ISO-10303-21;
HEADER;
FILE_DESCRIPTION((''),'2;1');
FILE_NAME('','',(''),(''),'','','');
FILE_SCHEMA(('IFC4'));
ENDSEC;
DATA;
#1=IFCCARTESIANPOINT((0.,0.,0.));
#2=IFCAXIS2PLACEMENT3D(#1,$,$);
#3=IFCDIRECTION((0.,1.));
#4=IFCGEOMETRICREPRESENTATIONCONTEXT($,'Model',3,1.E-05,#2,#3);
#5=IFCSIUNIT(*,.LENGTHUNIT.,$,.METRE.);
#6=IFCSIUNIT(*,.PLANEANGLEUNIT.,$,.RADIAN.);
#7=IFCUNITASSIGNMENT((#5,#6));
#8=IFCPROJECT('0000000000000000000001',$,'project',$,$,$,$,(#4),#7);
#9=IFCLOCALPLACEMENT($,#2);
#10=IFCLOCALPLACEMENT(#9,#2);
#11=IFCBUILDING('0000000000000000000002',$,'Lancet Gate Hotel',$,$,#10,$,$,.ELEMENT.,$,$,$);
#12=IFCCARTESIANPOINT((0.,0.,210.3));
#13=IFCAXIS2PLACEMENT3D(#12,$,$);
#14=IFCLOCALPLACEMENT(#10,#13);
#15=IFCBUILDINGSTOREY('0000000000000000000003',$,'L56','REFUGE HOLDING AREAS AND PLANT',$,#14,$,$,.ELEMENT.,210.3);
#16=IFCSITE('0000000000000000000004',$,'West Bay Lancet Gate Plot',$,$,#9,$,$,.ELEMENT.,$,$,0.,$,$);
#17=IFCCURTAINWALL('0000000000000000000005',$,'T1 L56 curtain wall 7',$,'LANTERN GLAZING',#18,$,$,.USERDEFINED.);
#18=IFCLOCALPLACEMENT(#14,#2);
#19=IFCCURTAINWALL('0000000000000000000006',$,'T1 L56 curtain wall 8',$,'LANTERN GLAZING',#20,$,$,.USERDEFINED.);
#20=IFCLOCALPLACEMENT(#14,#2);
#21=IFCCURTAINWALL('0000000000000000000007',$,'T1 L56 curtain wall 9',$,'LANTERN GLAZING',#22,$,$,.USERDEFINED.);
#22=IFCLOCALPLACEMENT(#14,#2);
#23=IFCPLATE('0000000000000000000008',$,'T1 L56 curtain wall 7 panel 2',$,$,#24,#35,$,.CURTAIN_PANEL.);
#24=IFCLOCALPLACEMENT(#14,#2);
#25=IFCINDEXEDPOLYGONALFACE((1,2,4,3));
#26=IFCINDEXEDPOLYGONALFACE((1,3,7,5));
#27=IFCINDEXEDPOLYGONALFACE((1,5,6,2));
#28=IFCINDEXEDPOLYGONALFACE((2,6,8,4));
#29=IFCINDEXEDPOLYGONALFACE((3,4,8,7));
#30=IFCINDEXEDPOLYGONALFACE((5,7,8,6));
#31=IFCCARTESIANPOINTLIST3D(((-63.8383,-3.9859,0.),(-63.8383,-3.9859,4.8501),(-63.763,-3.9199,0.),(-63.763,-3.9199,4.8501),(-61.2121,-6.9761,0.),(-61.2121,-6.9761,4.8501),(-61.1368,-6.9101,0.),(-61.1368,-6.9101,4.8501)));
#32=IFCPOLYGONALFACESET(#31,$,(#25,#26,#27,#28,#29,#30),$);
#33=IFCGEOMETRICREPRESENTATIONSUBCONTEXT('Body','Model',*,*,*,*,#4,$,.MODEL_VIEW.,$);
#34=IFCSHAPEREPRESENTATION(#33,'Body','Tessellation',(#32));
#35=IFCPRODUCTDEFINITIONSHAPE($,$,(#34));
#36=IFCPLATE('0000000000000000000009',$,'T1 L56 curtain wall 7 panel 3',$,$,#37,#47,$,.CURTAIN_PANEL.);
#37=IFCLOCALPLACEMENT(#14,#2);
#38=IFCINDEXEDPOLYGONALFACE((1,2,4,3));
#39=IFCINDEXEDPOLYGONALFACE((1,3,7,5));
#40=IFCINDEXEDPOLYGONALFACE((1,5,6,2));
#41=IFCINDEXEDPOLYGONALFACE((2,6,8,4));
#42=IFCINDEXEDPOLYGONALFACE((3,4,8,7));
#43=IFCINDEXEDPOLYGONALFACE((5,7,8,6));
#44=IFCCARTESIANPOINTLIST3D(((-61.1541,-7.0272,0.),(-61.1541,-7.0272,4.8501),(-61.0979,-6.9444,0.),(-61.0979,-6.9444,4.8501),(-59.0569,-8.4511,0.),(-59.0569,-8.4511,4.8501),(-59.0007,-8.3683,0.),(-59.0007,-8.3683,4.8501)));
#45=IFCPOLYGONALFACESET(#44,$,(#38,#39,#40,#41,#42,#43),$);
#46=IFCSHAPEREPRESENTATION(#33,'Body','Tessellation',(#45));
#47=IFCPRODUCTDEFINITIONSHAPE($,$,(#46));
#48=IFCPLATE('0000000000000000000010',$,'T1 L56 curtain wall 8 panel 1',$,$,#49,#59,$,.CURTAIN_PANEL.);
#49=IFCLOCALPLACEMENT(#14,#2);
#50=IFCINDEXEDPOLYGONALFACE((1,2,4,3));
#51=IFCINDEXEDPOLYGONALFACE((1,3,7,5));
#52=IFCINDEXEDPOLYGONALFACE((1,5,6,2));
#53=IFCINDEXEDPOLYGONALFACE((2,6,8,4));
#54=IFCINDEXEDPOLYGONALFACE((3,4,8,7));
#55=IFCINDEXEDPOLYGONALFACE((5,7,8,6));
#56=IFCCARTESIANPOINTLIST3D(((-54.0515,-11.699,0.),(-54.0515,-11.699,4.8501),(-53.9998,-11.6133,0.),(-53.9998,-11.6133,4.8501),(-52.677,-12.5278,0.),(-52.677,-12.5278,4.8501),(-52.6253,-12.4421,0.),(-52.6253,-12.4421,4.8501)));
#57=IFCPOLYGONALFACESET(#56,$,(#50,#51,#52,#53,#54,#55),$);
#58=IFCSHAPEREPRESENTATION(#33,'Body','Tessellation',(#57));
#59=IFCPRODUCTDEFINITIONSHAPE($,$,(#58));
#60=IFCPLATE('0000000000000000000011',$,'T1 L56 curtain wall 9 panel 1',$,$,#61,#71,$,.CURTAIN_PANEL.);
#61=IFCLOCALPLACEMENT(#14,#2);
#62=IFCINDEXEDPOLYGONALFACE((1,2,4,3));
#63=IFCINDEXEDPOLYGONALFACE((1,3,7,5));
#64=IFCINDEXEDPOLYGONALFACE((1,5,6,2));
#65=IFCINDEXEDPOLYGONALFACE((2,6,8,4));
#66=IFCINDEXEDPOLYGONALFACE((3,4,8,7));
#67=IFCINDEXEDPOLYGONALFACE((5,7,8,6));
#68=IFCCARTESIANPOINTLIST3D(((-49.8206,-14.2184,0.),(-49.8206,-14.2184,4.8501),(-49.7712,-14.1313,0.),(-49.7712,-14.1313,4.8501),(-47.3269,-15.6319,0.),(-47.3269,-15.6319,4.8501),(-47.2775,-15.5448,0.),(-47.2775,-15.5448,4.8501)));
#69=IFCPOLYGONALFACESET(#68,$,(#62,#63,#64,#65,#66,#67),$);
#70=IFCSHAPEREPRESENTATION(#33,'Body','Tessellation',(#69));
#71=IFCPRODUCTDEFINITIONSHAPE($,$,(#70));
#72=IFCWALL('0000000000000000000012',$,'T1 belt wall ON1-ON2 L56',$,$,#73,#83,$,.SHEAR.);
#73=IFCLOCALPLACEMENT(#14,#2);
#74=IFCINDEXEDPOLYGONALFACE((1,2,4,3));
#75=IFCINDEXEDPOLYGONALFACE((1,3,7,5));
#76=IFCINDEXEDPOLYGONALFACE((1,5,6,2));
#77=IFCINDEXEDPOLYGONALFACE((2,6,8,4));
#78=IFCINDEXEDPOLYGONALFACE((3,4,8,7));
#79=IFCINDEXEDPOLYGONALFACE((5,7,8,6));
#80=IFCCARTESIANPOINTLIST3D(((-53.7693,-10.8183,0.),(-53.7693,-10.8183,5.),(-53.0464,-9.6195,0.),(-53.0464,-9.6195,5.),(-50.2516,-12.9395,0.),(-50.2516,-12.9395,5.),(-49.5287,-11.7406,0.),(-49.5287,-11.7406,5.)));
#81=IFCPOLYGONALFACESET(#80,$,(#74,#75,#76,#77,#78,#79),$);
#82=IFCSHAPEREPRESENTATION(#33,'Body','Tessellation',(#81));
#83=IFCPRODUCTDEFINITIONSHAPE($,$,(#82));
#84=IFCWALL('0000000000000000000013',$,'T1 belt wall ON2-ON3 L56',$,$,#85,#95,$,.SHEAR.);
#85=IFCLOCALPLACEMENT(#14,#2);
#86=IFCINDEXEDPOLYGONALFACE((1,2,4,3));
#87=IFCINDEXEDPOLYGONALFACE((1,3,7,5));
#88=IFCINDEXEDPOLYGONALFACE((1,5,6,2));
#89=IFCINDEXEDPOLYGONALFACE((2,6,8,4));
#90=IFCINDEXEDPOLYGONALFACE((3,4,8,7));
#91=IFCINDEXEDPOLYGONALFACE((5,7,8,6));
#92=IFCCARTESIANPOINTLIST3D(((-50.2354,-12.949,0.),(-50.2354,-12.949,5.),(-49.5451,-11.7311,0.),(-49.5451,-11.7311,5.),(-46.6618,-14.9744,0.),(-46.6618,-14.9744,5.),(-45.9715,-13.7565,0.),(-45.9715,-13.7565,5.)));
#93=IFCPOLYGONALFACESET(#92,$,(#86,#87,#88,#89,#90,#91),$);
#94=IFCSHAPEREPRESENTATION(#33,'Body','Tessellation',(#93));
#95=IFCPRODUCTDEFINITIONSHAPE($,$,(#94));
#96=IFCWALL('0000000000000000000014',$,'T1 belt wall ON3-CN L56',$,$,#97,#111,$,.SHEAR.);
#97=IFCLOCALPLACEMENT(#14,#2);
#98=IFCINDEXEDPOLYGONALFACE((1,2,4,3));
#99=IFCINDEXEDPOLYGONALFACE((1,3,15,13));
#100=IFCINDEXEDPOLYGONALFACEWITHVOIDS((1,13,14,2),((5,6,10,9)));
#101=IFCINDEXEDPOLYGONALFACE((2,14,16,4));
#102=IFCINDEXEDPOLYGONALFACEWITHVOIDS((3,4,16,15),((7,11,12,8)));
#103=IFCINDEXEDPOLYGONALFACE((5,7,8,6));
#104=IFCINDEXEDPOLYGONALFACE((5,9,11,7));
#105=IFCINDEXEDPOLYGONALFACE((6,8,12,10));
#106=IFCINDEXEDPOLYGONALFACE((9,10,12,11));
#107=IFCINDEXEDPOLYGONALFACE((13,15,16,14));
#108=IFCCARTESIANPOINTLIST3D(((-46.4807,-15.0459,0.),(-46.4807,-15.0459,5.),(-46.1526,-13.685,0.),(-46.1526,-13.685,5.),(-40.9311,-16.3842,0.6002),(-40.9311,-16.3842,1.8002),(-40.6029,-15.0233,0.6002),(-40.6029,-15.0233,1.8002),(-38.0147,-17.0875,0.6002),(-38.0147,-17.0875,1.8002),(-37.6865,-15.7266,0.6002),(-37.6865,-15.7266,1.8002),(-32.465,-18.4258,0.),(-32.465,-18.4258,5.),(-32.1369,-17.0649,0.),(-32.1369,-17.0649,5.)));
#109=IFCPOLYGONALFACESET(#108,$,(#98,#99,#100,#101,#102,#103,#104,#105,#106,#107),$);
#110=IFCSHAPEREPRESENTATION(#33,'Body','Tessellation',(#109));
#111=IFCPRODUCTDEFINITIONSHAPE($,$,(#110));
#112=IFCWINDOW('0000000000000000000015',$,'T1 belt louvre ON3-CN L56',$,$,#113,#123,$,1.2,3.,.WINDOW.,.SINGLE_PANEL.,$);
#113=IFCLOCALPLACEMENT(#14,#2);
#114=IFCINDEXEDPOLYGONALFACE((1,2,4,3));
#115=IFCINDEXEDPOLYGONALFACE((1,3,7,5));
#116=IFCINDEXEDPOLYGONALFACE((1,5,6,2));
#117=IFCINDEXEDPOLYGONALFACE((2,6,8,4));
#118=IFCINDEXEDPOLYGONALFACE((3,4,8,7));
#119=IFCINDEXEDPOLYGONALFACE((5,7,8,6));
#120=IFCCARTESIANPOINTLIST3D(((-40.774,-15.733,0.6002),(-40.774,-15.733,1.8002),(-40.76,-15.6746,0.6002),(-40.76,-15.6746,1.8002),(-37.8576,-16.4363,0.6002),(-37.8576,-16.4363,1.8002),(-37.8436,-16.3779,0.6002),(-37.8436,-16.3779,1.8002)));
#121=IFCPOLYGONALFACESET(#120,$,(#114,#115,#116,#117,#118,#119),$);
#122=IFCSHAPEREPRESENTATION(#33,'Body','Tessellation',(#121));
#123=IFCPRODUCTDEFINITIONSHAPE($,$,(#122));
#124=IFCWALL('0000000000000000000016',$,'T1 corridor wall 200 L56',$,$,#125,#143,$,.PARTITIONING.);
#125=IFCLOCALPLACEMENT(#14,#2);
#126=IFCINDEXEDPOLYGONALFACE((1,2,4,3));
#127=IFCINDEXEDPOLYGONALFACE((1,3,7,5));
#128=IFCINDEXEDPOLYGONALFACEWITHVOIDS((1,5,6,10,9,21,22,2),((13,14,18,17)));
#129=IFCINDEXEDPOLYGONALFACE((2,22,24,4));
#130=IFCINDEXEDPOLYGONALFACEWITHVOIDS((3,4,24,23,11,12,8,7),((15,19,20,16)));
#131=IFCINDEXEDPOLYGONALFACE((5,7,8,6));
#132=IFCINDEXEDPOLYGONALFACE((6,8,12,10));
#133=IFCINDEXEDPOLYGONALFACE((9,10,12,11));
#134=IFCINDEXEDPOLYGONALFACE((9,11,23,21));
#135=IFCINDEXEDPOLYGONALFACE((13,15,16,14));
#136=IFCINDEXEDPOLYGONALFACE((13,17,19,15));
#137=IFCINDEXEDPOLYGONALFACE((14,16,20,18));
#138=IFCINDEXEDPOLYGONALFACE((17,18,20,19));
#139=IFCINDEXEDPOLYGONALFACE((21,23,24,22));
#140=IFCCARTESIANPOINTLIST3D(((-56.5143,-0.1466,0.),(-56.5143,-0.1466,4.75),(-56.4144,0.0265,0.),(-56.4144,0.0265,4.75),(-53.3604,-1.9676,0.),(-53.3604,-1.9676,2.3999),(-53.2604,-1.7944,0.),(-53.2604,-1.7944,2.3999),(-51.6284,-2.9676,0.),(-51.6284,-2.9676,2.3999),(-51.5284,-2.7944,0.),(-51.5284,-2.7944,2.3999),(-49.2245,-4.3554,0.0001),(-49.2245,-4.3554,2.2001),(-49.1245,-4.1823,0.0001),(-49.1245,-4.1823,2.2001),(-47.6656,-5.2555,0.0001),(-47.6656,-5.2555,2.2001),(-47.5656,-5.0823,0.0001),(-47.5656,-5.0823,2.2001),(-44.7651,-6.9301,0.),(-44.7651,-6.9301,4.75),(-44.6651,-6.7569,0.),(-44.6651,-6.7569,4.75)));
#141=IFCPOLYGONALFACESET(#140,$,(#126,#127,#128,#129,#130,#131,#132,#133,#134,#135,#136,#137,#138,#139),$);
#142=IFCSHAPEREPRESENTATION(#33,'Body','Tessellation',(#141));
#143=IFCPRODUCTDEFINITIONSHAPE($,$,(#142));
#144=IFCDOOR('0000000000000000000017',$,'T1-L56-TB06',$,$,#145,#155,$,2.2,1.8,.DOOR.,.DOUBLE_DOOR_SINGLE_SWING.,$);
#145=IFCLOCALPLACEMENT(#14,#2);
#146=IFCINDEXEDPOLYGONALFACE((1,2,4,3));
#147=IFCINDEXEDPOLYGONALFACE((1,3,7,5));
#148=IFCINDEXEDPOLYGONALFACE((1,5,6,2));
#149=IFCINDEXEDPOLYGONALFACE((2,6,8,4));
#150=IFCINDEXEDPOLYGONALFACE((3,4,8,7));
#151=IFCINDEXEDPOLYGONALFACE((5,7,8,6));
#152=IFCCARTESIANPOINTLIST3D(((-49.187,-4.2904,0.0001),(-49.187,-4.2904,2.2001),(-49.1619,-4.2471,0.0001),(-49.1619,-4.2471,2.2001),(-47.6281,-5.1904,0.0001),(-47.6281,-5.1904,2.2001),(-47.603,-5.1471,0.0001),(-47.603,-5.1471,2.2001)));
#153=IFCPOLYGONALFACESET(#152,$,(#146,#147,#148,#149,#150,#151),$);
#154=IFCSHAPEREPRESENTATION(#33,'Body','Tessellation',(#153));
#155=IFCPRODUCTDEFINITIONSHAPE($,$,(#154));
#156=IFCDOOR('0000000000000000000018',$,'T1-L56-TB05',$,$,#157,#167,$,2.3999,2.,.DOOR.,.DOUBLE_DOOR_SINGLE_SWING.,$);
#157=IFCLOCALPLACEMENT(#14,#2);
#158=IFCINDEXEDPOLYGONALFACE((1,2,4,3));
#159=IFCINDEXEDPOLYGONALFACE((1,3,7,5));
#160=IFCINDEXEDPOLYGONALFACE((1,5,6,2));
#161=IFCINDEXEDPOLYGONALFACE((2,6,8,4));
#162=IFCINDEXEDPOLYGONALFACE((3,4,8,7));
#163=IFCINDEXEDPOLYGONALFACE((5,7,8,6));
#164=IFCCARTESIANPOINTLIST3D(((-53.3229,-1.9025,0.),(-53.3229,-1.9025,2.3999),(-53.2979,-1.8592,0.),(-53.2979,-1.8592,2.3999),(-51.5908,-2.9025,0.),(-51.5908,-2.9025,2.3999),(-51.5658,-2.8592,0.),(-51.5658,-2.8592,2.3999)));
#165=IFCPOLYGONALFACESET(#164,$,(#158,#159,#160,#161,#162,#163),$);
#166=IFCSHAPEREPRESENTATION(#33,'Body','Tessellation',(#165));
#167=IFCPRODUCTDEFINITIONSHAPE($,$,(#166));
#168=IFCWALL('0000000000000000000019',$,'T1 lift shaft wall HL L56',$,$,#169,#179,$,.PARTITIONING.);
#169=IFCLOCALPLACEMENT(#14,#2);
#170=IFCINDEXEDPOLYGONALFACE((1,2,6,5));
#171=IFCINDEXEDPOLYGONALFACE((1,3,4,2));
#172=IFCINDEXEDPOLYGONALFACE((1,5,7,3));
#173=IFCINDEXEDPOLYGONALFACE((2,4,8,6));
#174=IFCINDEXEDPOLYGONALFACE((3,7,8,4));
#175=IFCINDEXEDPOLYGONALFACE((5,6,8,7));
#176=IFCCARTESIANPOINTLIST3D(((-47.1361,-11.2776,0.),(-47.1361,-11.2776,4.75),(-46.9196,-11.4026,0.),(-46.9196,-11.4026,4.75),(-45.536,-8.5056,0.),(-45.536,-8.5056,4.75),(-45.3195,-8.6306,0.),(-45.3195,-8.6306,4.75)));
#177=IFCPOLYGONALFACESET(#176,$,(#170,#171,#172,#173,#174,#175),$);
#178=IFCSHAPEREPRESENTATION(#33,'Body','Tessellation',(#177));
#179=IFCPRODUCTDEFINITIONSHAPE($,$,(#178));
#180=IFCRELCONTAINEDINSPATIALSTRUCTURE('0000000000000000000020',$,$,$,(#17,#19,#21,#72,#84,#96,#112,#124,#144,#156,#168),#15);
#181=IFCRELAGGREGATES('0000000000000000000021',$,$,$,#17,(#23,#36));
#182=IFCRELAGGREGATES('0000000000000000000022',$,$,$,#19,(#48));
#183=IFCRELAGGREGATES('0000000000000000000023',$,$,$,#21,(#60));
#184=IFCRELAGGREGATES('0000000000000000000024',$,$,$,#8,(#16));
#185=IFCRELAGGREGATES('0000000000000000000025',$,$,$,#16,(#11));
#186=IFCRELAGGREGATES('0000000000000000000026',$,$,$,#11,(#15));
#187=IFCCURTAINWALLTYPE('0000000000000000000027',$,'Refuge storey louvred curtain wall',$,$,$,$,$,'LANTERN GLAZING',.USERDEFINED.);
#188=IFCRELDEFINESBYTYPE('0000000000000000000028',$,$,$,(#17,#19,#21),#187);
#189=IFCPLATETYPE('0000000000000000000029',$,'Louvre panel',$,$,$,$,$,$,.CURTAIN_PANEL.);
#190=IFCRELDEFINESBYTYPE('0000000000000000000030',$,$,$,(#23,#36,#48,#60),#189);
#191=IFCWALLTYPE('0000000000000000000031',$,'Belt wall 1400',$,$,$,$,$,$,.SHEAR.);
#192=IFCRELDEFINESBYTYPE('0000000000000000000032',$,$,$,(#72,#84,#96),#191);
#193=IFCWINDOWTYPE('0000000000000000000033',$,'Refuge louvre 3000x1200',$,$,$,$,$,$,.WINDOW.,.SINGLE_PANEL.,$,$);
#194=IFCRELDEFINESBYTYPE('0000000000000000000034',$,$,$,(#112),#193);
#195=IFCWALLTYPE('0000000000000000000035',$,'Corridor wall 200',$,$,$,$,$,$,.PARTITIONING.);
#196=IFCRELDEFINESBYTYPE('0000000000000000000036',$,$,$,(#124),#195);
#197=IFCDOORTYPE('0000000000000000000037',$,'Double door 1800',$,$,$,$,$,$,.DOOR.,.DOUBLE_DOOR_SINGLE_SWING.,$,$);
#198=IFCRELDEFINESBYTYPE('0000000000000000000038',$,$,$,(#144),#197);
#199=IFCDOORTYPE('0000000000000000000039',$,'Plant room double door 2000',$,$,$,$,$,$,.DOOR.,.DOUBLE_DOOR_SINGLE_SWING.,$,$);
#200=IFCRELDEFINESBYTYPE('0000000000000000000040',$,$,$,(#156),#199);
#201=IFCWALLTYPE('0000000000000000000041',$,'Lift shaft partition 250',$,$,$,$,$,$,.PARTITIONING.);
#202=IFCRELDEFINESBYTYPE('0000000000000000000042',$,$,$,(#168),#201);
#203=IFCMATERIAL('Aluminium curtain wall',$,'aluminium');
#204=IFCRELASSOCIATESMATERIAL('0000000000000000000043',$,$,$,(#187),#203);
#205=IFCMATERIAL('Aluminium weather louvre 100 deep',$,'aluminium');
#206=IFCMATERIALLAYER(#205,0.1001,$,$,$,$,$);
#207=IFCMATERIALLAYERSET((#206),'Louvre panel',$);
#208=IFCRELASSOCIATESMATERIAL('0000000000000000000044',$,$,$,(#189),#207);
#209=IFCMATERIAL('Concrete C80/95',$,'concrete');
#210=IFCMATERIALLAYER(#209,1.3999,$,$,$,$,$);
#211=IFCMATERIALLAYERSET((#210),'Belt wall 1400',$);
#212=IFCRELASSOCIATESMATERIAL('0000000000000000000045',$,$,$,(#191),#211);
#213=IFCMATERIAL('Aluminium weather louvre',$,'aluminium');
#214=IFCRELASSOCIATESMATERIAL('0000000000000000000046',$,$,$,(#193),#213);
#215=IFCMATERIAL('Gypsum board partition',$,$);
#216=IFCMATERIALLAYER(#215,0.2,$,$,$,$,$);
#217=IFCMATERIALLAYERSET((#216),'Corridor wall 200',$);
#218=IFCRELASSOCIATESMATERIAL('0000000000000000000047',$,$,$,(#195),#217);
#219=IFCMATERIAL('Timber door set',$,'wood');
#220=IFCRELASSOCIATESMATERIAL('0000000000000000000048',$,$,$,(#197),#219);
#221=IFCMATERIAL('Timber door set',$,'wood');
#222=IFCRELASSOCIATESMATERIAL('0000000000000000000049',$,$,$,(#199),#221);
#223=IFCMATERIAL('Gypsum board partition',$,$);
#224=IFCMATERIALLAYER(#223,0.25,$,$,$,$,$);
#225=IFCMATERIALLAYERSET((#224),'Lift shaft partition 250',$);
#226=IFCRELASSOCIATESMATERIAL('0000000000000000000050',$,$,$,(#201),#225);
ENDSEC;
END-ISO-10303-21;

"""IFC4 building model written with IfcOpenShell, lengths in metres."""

from ifc_helpers import new_model, si_unit, direction, frame, frame_2d, origin, origin_2d, place, context, subcontext, project, spatial, rectangle, extrude, material, layer, layer_set, type_object, element, fill, aggregate, save


model = new_model("IFC4")

# Units and contexts
model_context = context("Model", 3, precision=1e-05, world=origin(), true_north=direction((0.0, 1.0)))
body_context = subcontext(model_context, "Body", "Model", "MODEL_VIEW")
ifc_project = project(units=[si_unit("LENGTHUNIT", "METRE"), si_unit("PLANEANGLEUNIT", "RADIAN")], contexts=[model_context])

# Site, building, storey
site_placement = place(None, origin())
site = spatial("IfcSite", under=ifc_project, at=site_placement, Name="West Bay Lancet Gate Plot", CompositionType="ELEMENT", RefElevation=0.0)
building_placement = place(site_placement, origin())
building = spatial("IfcBuilding", under=site, at=building_placement, Name="Lancet Gate Hotel", CompositionType="ELEMENT")
storey_placement = place(building_placement, frame((0.0, 0.0, 210.3)))
storey = spatial("IfcBuildingStorey", under=building, at=storey_placement, Name="L56", Description="REFUGE HOLDING AREAS AND PLANT", CompositionType="ELEMENT", Elevation=210.3)

# Curtain walls
ifc_material_1 = material(Name="Aluminium curtain wall", Category="aluminium")
curtain_wall_type = type_object("IfcCurtainWallType", Name="Refuge storey louvred curtain wall", ElementType="LANTERN GLAZING", PredefinedType="USERDEFINED", material=ifc_material_1)
curtain_wall_1_placement = place(storey_placement, origin())
curtain_wall_1 = element("IfcCurtainWall", 1, at=curtain_wall_1_placement, inside=storey, type_object=curtain_wall_type, Name="T1 L56 curtain wall 7", ObjectType="LANTERN GLAZING", PredefinedType="USERDEFINED")
curtain_wall_2_placement = place(storey_placement, origin())
curtain_wall_2 = element("IfcCurtainWall", 2, at=curtain_wall_2_placement, inside=storey, type_object=curtain_wall_type, Name="T1 L56 curtain wall 8", ObjectType="LANTERN GLAZING", PredefinedType="USERDEFINED")
curtain_wall_3_placement = place(storey_placement, origin())
curtain_wall_3 = element("IfcCurtainWall", 3, at=curtain_wall_3_placement, inside=storey, type_object=curtain_wall_type, Name="T1 L56 curtain wall 9", ObjectType="LANTERN GLAZING", PredefinedType="USERDEFINED")

# Plates
ifc_material_2 = material(Name="Aluminium weather louvre 100 deep", Category="aluminium")
ifc_layer_1 = layer(ifc_material_2, 0.1001)
ifc_layer_set_1 = layer_set([ifc_layer_1], Name="Louvre panel")
plate_type = type_object("IfcPlateType", Name="Louvre panel", PredefinedType="CURTAIN_PANEL", material=ifc_layer_set_1)
plate_1_placement = place(storey_placement, frame((-62.4875, -5.448, 0.0), z_axis=(0.0, 0.0, 1.0), x_axis=(0.659892, -0.751361, 0.0)))
plate_1 = element("IfcPlate", 4, at=plate_1_placement, type_object=plate_type, Name="T1 L56 curtain wall 7 panel 2", PredefinedType="CURTAIN_PANEL", context=body_context, shape_type="SweptSolid", body=[
    extrude(rectangle(XDim=3.9797, YDim=0.1001, at=origin_2d()), origin(), (0.0, 0.0, 1.0), 4.8501),
])
plate_2_placement = place(storey_placement, frame((-60.0774, -7.6978, 0.0), z_axis=(0.0, 0.0, 1.0), x_axis=(0.827342, -0.561698, 0.0)))
plate_2 = element("IfcPlate", 5, at=plate_2_placement, type_object=plate_type, Name="T1 L56 curtain wall 7 panel 3", PredefinedType="CURTAIN_PANEL", context=body_context, shape_type="SweptSolid", body=[
    extrude(rectangle(XDim=2.5349, YDim=0.1001, at=origin_2d()), origin(), (0.0, 0.0, 1.0), 4.8501),
])
aggregate(curtain_wall_1, [plate_1, plate_2])
plate_3_placement = place(storey_placement, frame((-53.3384, -12.0706, 0.0), z_axis=(0.0, 0.0, 1.0), x_axis=(0.85637, -0.516363, 0.0)))
plate_3 = element("IfcPlate", 6, at=plate_3_placement, type_object=plate_type, Name="T1 L56 curtain wall 8 panel 1", PredefinedType="CURTAIN_PANEL", context=body_context, shape_type="SweptSolid", body=[
    extrude(rectangle(XDim=1.605, YDim=0.1001, at=origin_2d()), origin(), (0.0, 0.0, 1.0), 4.8501),
])
aggregate(curtain_wall_2, [plate_3])
plate_4_placement = place(storey_placement, frame((-48.5491, -14.8816, 0.0), z_axis=(0.0, 0.0, 1.0), x_axis=(0.869958, -0.493126, 0.0)))
plate_4 = element("IfcPlate", 7, at=plate_4_placement, type_object=plate_type, Name="T1 L56 curtain wall 9 panel 1", PredefinedType="CURTAIN_PANEL", context=body_context, shape_type="SweptSolid", body=[
    extrude(rectangle(XDim=2.8665, YDim=0.1001, at=origin_2d()), origin(), (0.0, 0.0, 1.0), 4.8501),
])
aggregate(curtain_wall_3, [plate_4])

# Walls
ifc_material_3 = material(Name="Concrete C80/95", Category="concrete")
ifc_layer_2 = layer(ifc_material_3, 1.3999)
ifc_layer_set_2 = layer_set([ifc_layer_2], Name="Belt wall 1400")
wall_type_1 = type_object("IfcWallType", Name="Belt wall 1400", PredefinedType="SHEAR", material=ifc_layer_set_2)
for number, where, z_axis, x_axis, name in (
    (8, (-53.4077, -10.219, 0.0), (0.0, 0.0, 1.0), (0.856358, -0.516382, 0.0), "T1 belt wall ON1-ON2 L56"),
    (9, (-49.8901, -12.3401, 0.0), (0.0, 0.0, 1.0), (0.869979, -0.493089, 0.0), "T1 belt wall ON2-ON3 L56"),
):
    element("IfcWall", number, at=place(storey_placement, frame(where, z_axis=z_axis, x_axis=x_axis)), inside=storey, type_object=wall_type_1, Name=name, PredefinedType="SHEAR", context=body_context, shape_type="SweptSolid", body=[
        extrude(rectangle(XDim=4.1077, YDim=1.3999, at=frame_2d((2.0537, 0.0))), origin(), (0.0, 0.0, 1.0), 5.0),
    ])

# Wall, opening, window
wall_1_placement = place(storey_placement, frame((-46.3167, -14.3655, 0.0), z_axis=(0.0, 0.0, 1.0), x_axis=(0.972133, -0.234431, 0.0)))
wall_1 = element("IfcWall", 10, at=wall_1_placement, inside=storey, type_object=wall_type_1, Name="T1 belt wall ON3-CN L56", PredefinedType="SHEAR", context=body_context, shape_type="SweptSolid", body=[
    extrude(rectangle(XDim=14.4175, YDim=1.3999, at=frame_2d((7.2087, 0.0))), origin(), (0.0, 0.0, 1.0), 5.0),
])
opening_1_placement = place(wall_1_placement, frame((5.7087, 0.0, 0.6001)))
opening_1 = element("IfcOpeningElement", 11, at=opening_1_placement, cuts=wall_1, PredefinedType="OPENING", context=body_context, shape_type="SweptSolid", body=[
    extrude(rectangle(XDim=3.0, YDim=1.2, at=frame_2d((1.5, 0.6001))), frame((0.0, 0.71, 0.0), z_axis=(0.0, -1.0, 0.0), x_axis=(1.0, 0.0, 0.0)), (0.0, 0.0, 1.0), 1.4199),
])
ifc_material_4 = material(Name="Aluminium weather louvre", Category="aluminium")
window_type = type_object("IfcWindowType", Name="Refuge louvre 3000x1200", PartitioningType="SINGLE_PANEL", PredefinedType="WINDOW", material=ifc_material_4)
window_placement = place(opening_1_placement, origin())
window = element("IfcWindow", 12, at=window_placement, inside=storey, type_object=window_type, Name="T1 belt louvre ON3-CN L56", OverallHeight=1.2, OverallWidth=3.0, PartitioningType="SINGLE_PANEL", PredefinedType="WINDOW", context=body_context, shape_type="SweptSolid", body=[
    extrude(rectangle(XDim=3.0, YDim=1.2, at=frame_2d((1.5, 0.6001))), frame((0.0, 0.03, 0.0), z_axis=(0.0, -1.0, 0.0), x_axis=(1.0, 0.0, 0.0)), (0.0, 0.0, 1.0), 0.0601),
])
fill(opening_1, window)

# Wall, openings, doors
ifc_material_5 = material(Name="Gypsum board partition")
ifc_layer_3 = layer(ifc_material_5, 0.2)
ifc_layer_set_3 = layer_set([ifc_layer_3], Name="Corridor wall 200")
wall_type_2 = type_object("IfcWallType", Name="Corridor wall 200", PredefinedType="PARTITIONING", material=ifc_layer_set_3)
wall_2_placement = place(storey_placement, frame((-44.7151, -6.8435, 0.0), z_axis=(0.0, 0.0, 1.0), x_axis=(-0.866025, 0.5, 0.0)))
wall_2 = element("IfcWall", 13, at=wall_2_placement, inside=storey, type_object=wall_type_2, Name="T1 corridor wall 200 L56", PredefinedType="PARTITIONING", context=body_context, shape_type="SweptSolid", body=[
    extrude(rectangle(XDim=13.5669, YDim=0.2, at=frame_2d((6.7834, 0.0))), origin(), (0.0, 0.0, 1.0), 4.75),
])
opening_2_placement = place(wall_2_placement, frame((7.925, 0.0, 0.0)))
opening_2 = element("IfcOpeningElement", 14, at=opening_2_placement, cuts=wall_2, PredefinedType="OPENING", context=body_context, shape_type="SweptSolid", body=[
    extrude(rectangle(XDim=2.0, YDim=2.3999, at=frame_2d((1.0, 1.2))), frame((0.0, 0.1099, 0.0), z_axis=(0.0, -1.0, 0.0), x_axis=(1.0, 0.0, 0.0)), (0.0, 0.0, 1.0), 0.22),
])
opening_3_placement = place(wall_2_placement, frame((3.3494, 0.0, 0.0)))
opening_3 = element("IfcOpeningElement", 15, at=opening_3_placement, cuts=wall_2, PredefinedType="OPENING", context=body_context, shape_type="SweptSolid", body=[
    extrude(rectangle(XDim=1.8, YDim=2.2, at=frame_2d((0.8999, 1.1001))), frame((0.0, 0.1099, 0.0), z_axis=(0.0, -1.0, 0.0), x_axis=(1.0, 0.0, 0.0)), (0.0, 0.0, 1.0), 0.22),
])
ifc_material_6 = material(Name="Timber door set", Category="wood")
door_type_1 = type_object("IfcDoorType", Name="Double door 1800", OperationType="DOUBLE_DOOR_SINGLE_SWING", PredefinedType="DOOR", material=ifc_material_6)
door_1_placement = place(opening_3_placement, origin())
door_1 = element("IfcDoor", 16, at=door_1_placement, inside=storey, type_object=door_type_1, Name="T1-L56-TB06", OperationType="DOUBLE_DOOR_SINGLE_SWING", OverallHeight=2.2, OverallWidth=1.8, PredefinedType="DOOR", context=body_context, shape_type="SweptSolid", body=[
    extrude(rectangle(XDim=1.8, YDim=2.2, at=frame_2d((0.8999, 1.1001))), frame((0.0, 0.0249, 0.0), z_axis=(0.0, -1.0, 0.0), x_axis=(1.0, 0.0, 0.0)), (0.0, 0.0, 1.0), 0.05),
])
fill(opening_3, door_1)
ifc_material_7 = material(Name="Timber door set", Category="wood")
door_type_2 = type_object("IfcDoorType", Name="Plant room double door 2000", OperationType="DOUBLE_DOOR_SINGLE_SWING", PredefinedType="DOOR", material=ifc_material_7)
door_2_placement = place(opening_2_placement, origin())
door_2 = element("IfcDoor", 17, at=door_2_placement, inside=storey, type_object=door_type_2, Name="T1-L56-TB05", OperationType="DOUBLE_DOOR_SINGLE_SWING", OverallHeight=2.3999, OverallWidth=2.0, PredefinedType="DOOR", context=body_context, shape_type="SweptSolid", body=[
    extrude(rectangle(XDim=2.0, YDim=2.3999, at=frame_2d((1.0, 1.2))), frame((0.0, 0.0249, 0.0), z_axis=(0.0, -1.0, 0.0), x_axis=(1.0, 0.0, 0.0)), (0.0, 0.0, 1.0), 0.05),
])
fill(opening_2, door_2)

# Wall
ifc_material_8 = material(Name="Gypsum board partition")
ifc_layer_4 = layer(ifc_material_8, 0.25)
ifc_layer_set_4 = layer_set([ifc_layer_4], Name="Lift shaft partition 250")
wall_type_3 = type_object("IfcWallType", Name="Lift shaft partition 250", PredefinedType="PARTITIONING", material=ifc_layer_set_4)
wall_3_placement = place(storey_placement, frame((-45.4277, -8.5681, 0.0), z_axis=(0.0, 0.0, 1.0), x_axis=(-0.499929, -0.866066, 0.0)))
element("IfcWall", 18, at=wall_3_placement, inside=storey, type_object=wall_type_3, Name="T1 lift shaft wall HL L56", PredefinedType="PARTITIONING", context=body_context, shape_type="SweptSolid", body=[
    extrude(rectangle(XDim=3.2007, YDim=0.25, at=frame_2d((1.6003, 0.0))), origin(), (0.0, 0.0, 1.0), 4.75),
])

save(model, "model.ifc")
